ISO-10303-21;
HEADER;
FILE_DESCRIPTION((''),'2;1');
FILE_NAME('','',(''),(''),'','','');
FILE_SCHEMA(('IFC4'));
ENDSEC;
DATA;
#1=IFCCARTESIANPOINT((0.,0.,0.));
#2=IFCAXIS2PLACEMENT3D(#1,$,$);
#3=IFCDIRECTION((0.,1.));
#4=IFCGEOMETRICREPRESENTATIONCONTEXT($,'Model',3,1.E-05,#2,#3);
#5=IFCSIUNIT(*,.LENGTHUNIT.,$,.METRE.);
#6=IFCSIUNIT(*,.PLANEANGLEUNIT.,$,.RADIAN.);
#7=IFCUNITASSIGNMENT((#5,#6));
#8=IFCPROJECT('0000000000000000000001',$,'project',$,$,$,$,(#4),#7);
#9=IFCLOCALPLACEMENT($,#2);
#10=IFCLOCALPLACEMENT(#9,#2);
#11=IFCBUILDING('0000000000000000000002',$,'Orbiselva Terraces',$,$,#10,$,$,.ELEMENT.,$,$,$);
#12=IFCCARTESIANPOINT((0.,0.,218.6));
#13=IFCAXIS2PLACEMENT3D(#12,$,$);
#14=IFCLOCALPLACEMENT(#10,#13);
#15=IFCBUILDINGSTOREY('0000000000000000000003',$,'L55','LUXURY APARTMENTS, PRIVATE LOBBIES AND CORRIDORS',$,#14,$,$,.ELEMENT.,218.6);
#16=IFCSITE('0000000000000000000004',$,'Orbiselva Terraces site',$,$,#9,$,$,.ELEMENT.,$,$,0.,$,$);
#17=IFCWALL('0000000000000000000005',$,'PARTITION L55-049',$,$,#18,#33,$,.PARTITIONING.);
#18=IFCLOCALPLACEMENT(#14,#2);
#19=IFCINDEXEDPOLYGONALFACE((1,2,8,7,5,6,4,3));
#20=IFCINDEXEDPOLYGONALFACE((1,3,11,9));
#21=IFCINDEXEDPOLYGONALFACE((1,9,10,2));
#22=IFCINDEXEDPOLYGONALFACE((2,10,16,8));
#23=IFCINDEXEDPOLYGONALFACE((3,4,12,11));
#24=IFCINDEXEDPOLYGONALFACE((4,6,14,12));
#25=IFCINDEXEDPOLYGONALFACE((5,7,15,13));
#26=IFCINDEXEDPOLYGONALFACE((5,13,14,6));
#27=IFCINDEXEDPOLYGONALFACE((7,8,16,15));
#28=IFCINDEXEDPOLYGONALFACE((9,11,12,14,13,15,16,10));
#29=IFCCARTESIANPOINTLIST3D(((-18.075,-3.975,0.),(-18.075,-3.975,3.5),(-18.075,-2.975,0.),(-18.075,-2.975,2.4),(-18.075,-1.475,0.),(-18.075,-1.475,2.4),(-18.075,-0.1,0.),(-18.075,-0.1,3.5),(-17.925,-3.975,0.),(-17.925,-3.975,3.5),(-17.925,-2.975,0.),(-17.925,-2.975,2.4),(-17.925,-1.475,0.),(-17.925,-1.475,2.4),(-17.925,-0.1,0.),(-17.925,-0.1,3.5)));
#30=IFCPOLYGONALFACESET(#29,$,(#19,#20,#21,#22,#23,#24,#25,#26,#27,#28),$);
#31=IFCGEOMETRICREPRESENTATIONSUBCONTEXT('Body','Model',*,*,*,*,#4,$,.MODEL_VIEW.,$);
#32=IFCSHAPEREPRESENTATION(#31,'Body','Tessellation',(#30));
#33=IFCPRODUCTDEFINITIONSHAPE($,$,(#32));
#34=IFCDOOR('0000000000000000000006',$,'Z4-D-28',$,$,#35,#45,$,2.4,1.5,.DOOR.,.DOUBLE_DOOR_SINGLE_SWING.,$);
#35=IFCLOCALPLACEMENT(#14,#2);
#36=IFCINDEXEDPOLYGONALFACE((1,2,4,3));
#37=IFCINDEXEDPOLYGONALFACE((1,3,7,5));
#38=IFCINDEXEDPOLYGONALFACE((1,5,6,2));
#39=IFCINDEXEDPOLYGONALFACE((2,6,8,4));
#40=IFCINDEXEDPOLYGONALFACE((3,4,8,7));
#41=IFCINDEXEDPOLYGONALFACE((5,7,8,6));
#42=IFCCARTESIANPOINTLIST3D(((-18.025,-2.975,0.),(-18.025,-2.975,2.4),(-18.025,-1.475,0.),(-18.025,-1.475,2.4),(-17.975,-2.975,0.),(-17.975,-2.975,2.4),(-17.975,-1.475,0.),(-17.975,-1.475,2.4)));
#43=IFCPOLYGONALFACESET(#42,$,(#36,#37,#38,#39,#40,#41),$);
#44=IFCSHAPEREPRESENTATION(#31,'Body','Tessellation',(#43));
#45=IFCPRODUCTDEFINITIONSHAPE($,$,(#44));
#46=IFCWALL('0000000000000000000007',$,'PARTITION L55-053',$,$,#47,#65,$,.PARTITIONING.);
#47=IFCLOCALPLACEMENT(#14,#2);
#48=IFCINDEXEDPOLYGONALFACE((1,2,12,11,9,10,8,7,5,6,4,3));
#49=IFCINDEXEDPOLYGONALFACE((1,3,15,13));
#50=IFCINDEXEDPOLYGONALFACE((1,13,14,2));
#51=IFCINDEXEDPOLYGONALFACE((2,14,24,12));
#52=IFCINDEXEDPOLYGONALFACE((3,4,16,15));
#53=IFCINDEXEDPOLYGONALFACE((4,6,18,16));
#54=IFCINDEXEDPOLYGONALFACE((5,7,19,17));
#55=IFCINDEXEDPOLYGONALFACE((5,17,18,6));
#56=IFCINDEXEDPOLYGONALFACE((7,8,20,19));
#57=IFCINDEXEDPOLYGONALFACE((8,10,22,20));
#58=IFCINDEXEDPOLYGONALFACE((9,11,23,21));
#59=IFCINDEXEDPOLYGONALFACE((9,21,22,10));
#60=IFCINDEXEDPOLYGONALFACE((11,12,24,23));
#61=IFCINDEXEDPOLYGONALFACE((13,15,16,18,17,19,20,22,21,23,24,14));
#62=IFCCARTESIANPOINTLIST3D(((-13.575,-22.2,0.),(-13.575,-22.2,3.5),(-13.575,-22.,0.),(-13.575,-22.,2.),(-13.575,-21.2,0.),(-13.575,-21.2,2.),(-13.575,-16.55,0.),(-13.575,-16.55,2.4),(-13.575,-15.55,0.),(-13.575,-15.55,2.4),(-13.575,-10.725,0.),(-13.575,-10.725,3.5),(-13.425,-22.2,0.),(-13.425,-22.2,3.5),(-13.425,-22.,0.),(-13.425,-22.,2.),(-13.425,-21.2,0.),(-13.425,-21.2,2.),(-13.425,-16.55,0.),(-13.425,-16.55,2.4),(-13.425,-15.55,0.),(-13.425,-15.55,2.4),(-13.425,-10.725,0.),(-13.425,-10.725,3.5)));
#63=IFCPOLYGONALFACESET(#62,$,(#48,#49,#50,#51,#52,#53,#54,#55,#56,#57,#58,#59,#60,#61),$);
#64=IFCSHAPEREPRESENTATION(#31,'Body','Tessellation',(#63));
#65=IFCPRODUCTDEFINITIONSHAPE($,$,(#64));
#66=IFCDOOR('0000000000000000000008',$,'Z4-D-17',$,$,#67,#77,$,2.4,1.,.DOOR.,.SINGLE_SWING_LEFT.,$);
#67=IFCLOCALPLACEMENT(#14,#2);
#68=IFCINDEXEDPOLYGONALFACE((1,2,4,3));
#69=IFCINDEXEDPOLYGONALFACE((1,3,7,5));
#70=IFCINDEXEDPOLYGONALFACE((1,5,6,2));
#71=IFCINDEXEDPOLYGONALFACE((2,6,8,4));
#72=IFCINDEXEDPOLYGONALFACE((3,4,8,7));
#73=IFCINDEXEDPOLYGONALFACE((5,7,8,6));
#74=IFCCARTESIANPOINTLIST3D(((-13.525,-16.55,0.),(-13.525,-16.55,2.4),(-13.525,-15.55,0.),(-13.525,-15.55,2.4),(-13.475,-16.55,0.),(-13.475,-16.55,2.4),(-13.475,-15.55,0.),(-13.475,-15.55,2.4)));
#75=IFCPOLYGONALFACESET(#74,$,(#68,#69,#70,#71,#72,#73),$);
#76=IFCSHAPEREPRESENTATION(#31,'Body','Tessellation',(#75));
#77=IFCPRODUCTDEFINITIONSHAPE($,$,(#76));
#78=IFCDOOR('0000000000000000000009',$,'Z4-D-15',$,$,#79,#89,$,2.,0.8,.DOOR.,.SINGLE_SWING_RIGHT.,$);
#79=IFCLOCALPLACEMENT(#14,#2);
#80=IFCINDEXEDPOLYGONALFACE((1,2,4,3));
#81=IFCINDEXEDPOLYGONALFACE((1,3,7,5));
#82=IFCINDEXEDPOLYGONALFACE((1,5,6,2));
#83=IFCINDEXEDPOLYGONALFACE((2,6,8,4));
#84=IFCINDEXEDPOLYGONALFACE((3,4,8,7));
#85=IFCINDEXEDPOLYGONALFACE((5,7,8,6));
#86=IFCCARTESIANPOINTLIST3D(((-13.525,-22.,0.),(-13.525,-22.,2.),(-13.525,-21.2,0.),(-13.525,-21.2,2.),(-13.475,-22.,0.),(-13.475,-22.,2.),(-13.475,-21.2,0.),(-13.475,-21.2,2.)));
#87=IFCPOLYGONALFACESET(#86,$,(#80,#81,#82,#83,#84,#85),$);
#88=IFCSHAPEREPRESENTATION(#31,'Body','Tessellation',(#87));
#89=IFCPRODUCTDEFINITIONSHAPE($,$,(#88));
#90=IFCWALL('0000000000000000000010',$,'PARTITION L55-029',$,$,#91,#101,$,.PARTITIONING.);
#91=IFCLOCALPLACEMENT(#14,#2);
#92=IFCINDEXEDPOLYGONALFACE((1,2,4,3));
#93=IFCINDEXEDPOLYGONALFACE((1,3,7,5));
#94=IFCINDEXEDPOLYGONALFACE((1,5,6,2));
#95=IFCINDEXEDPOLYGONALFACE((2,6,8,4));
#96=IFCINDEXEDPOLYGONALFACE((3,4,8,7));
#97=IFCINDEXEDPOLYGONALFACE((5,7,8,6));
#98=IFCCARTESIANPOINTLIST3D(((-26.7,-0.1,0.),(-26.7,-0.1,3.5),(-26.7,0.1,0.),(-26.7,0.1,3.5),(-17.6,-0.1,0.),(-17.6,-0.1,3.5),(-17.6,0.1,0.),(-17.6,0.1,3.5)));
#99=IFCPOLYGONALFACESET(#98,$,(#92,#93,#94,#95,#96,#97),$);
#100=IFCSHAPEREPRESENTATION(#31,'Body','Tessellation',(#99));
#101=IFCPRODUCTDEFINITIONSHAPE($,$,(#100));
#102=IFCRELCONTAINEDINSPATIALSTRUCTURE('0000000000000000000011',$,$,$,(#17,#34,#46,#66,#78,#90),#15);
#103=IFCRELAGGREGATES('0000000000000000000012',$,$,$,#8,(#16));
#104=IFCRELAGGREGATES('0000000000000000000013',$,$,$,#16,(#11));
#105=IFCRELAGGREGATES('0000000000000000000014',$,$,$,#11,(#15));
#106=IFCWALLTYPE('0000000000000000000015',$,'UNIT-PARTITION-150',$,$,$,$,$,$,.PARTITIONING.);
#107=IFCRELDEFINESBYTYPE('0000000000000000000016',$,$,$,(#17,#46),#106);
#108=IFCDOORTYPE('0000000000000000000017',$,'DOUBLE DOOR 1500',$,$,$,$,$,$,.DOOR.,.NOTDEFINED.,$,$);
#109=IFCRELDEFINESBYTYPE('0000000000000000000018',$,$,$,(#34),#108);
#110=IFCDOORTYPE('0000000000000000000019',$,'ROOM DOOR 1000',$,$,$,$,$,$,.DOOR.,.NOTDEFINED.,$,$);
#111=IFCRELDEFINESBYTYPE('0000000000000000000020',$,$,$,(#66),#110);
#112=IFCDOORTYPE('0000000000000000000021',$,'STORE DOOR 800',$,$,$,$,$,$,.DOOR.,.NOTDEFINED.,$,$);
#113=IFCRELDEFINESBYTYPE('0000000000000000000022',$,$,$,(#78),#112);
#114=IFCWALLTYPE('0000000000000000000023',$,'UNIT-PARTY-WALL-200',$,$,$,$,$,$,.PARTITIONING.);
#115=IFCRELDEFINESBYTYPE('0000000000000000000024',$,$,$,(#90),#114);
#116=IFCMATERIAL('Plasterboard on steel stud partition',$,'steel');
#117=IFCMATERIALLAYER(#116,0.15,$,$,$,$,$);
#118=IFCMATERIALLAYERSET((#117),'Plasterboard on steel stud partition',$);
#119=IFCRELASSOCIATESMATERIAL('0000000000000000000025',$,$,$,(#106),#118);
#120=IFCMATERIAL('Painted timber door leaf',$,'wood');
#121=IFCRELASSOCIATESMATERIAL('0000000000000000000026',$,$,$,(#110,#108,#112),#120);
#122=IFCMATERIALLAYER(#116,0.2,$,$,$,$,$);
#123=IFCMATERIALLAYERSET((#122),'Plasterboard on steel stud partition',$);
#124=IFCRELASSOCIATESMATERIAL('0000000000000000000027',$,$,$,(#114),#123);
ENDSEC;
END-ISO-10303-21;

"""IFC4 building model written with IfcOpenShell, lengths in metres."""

from ifc_helpers import new_model, si_unit, direction, frame, frame_2d, origin, place, context, subcontext, project, spatial, rectangle, extrude, material, layer, layer_set, type_object, element, fill, save


model = new_model("IFC4")

# Units and contexts
model_context = context("Model", 3, precision=1e-05, world=origin(), true_north=direction((0.0, 1.0)))
body_context = subcontext(model_context, "Body", "Model", "MODEL_VIEW")
ifc_project = project(units=[si_unit("LENGTHUNIT", "METRE"), si_unit("PLANEANGLEUNIT", "RADIAN")], contexts=[model_context])

# Site, building, storey
site_placement = place(None, origin())
site = spatial("IfcSite", under=ifc_project, at=site_placement, Name="Orbiselva Terraces site", CompositionType="ELEMENT", RefElevation=0.0)
building_placement = place(site_placement, origin())
building = spatial("IfcBuilding", under=site, at=building_placement, Name="Orbiselva Terraces", CompositionType="ELEMENT")
storey_placement = place(building_placement, frame((0.0, 0.0, 218.6)))
storey = spatial("IfcBuildingStorey", under=building, at=storey_placement, Name="L55", Description="LUXURY APARTMENTS, PRIVATE LOBBIES AND CORRIDORS", CompositionType="ELEMENT", Elevation=218.6)

# Shared definitions
ifc_material_1 = material(Name="Plasterboard on steel stud partition", Category="steel")
ifc_layer_1 = layer(ifc_material_1, 0.15)
ifc_layer_set_1 = layer_set([ifc_layer_1], Name="Plasterboard on steel stud partition")
wall_type_1 = type_object("IfcWallType", Name="UNIT-PARTITION-150", PredefinedType="PARTITIONING", material=ifc_layer_set_1)

# Shared definitions
ifc_material_2 = material(Name="Painted timber door leaf", Category="wood")
door_type_1 = type_object("IfcDoorType", Name="ROOM DOOR 1000", OperationType="NOTDEFINED", PredefinedType="DOOR", material=ifc_material_2)

# Wall, opening, door
wall_1_placement = place(storey_placement, frame((-18.0, -3.975, 0.0), z_axis=(0.0, 0.0, 1.0), x_axis=(0.0, 1.0, 0.0)))
wall_1 = element("IfcWall", 1, at=wall_1_placement, inside=storey, type_object=wall_type_1, Name="PARTITION L55-049", PredefinedType="PARTITIONING", context=body_context, shape_type="SweptSolid", body=[
    extrude(rectangle(XDim=3.875, YDim=0.15, at=frame_2d((1.9375, 0.0))), origin(), (0.0, 0.0, 1.0), 3.5),
])
opening_1_placement = place(wall_1_placement, frame((1.0, 0.0, 0.0)))
opening_1 = element("IfcOpeningElement", 2, at=opening_1_placement, cuts=wall_1, PredefinedType="OPENING", context=body_context, shape_type="SweptSolid", body=[
    extrude(rectangle(XDim=1.5, YDim=2.4, at=frame_2d((0.75, 1.2))), frame((0.0, 0.085, 0.0), z_axis=(0.0, -1.0, 0.0), x_axis=(1.0, 0.0, 0.0)), (0.0, 0.0, 1.0), 0.17),
])
door_type_2 = type_object("IfcDoorType", Name="DOUBLE DOOR 1500", OperationType="NOTDEFINED", PredefinedType="DOOR", material=ifc_material_2)
door_1_placement = place(opening_1_placement, origin())
door_1 = element("IfcDoor", 3, at=door_1_placement, inside=storey, type_object=door_type_2, Name="Z4-D-28", OperationType="DOUBLE_DOOR_SINGLE_SWING", OverallHeight=2.4, OverallWidth=1.5, PredefinedType="DOOR", context=body_context, shape_type="SweptSolid", body=[
    extrude(rectangle(XDim=1.5, YDim=2.4, at=frame_2d((0.75, 1.2))), frame((0.0, 0.025, 0.0), z_axis=(0.0, -1.0, 0.0), x_axis=(1.0, 0.0, 0.0)), (0.0, 0.0, 1.0), 0.05),
])
fill(opening_1, door_1)

# Wall, openings, doors
wall_2_placement = place(storey_placement, frame((-13.5, -10.725, 0.0), z_axis=(0.0, 0.0, 1.0), x_axis=(0.0, -1.0, 0.0)))
wall_2 = element("IfcWall", 4, at=wall_2_placement, inside=storey, type_object=wall_type_1, Name="PARTITION L55-053", PredefinedType="PARTITIONING", context=body_context, shape_type="SweptSolid", body=[
    extrude(rectangle(XDim=11.475, YDim=0.15, at=frame_2d((5.7375, 0.0))), origin(), (0.0, 0.0, 1.0), 3.5),
])
opening_2_placement = place(wall_2_placement, frame((10.475, 0.0, 0.0)))
opening_2 = element("IfcOpeningElement", 5, at=opening_2_placement, cuts=wall_2, PredefinedType="OPENING", context=body_context, shape_type="SweptSolid", body=[
    extrude(rectangle(XDim=0.8, YDim=2.0, at=frame_2d((0.4, 1.0))), frame((0.0, 0.085, 0.0), z_axis=(0.0, -1.0, 0.0), x_axis=(1.0, 0.0, 0.0)), (0.0, 0.0, 1.0), 0.17),
])
opening_3_placement = place(wall_2_placement, frame((4.825, 0.0, 0.0)))
opening_3 = element("IfcOpeningElement", 6, at=opening_3_placement, cuts=wall_2, PredefinedType="OPENING", context=body_context, shape_type="SweptSolid", body=[
    extrude(rectangle(XDim=1.0, YDim=2.4, at=frame_2d((0.5, 1.2))), frame((0.0, 0.085, 0.0), z_axis=(0.0, -1.0, 0.0), x_axis=(1.0, 0.0, 0.0)), (0.0, 0.0, 1.0), 0.17),
])
door_2_placement = place(opening_3_placement, origin())
door_2 = element("IfcDoor", 7, at=door_2_placement, inside=storey, type_object=door_type_1, Name="Z4-D-17", OperationType="SINGLE_SWING_LEFT", OverallHeight=2.4, OverallWidth=1.0, PredefinedType="DOOR", context=body_context, shape_type="SweptSolid", body=[
    extrude(rectangle(XDim=1.0, YDim=2.4, at=frame_2d((0.5, 1.2))), frame((0.0, 0.025, 0.0), z_axis=(0.0, -1.0, 0.0), x_axis=(1.0, 0.0, 0.0)), (0.0, 0.0, 1.0), 0.05),
])
fill(opening_3, door_2)
door_type_3 = type_object("IfcDoorType", Name="STORE DOOR 800", OperationType="NOTDEFINED", PredefinedType="DOOR", material=ifc_material_2)
door_3_placement = place(opening_2_placement, origin())
door_3 = element("IfcDoor", 8, at=door_3_placement, inside=storey, type_object=door_type_3, Name="Z4-D-15", OperationType="SINGLE_SWING_RIGHT", OverallHeight=2.0, OverallWidth=0.8, PredefinedType="DOOR", context=body_context, shape_type="SweptSolid", body=[
    extrude(rectangle(XDim=0.8, YDim=2.0, at=frame_2d((0.4, 1.0))), frame((0.0, 0.025, 0.0), z_axis=(0.0, -1.0, 0.0), x_axis=(1.0, 0.0, 0.0)), (0.0, 0.0, 1.0), 0.05),
])
fill(opening_2, door_3)

# Wall
ifc_layer_2 = layer(ifc_material_1, 0.2)
ifc_layer_set_2 = layer_set([ifc_layer_2], Name="Plasterboard on steel stud partition")
wall_type_2 = type_object("IfcWallType", Name="UNIT-PARTY-WALL-200", PredefinedType="PARTITIONING", material=ifc_layer_set_2)
wall_3_placement = place(storey_placement, frame((-26.7, 0.0, 0.0), z_axis=(0.0, 0.0, 1.0), x_axis=(1.0, 0.0, 0.0)))
element("IfcWall", 9, at=wall_3_placement, inside=storey, type_object=wall_type_2, Name="PARTITION L55-029", PredefinedType="PARTITIONING", context=body_context, shape_type="SweptSolid", body=[
    extrude(rectangle(XDim=9.1, YDim=0.2, at=frame_2d((4.55, 0.0))), origin(), (0.0, 0.0, 1.0), 3.5),
])

save(model, "model.ifc")
